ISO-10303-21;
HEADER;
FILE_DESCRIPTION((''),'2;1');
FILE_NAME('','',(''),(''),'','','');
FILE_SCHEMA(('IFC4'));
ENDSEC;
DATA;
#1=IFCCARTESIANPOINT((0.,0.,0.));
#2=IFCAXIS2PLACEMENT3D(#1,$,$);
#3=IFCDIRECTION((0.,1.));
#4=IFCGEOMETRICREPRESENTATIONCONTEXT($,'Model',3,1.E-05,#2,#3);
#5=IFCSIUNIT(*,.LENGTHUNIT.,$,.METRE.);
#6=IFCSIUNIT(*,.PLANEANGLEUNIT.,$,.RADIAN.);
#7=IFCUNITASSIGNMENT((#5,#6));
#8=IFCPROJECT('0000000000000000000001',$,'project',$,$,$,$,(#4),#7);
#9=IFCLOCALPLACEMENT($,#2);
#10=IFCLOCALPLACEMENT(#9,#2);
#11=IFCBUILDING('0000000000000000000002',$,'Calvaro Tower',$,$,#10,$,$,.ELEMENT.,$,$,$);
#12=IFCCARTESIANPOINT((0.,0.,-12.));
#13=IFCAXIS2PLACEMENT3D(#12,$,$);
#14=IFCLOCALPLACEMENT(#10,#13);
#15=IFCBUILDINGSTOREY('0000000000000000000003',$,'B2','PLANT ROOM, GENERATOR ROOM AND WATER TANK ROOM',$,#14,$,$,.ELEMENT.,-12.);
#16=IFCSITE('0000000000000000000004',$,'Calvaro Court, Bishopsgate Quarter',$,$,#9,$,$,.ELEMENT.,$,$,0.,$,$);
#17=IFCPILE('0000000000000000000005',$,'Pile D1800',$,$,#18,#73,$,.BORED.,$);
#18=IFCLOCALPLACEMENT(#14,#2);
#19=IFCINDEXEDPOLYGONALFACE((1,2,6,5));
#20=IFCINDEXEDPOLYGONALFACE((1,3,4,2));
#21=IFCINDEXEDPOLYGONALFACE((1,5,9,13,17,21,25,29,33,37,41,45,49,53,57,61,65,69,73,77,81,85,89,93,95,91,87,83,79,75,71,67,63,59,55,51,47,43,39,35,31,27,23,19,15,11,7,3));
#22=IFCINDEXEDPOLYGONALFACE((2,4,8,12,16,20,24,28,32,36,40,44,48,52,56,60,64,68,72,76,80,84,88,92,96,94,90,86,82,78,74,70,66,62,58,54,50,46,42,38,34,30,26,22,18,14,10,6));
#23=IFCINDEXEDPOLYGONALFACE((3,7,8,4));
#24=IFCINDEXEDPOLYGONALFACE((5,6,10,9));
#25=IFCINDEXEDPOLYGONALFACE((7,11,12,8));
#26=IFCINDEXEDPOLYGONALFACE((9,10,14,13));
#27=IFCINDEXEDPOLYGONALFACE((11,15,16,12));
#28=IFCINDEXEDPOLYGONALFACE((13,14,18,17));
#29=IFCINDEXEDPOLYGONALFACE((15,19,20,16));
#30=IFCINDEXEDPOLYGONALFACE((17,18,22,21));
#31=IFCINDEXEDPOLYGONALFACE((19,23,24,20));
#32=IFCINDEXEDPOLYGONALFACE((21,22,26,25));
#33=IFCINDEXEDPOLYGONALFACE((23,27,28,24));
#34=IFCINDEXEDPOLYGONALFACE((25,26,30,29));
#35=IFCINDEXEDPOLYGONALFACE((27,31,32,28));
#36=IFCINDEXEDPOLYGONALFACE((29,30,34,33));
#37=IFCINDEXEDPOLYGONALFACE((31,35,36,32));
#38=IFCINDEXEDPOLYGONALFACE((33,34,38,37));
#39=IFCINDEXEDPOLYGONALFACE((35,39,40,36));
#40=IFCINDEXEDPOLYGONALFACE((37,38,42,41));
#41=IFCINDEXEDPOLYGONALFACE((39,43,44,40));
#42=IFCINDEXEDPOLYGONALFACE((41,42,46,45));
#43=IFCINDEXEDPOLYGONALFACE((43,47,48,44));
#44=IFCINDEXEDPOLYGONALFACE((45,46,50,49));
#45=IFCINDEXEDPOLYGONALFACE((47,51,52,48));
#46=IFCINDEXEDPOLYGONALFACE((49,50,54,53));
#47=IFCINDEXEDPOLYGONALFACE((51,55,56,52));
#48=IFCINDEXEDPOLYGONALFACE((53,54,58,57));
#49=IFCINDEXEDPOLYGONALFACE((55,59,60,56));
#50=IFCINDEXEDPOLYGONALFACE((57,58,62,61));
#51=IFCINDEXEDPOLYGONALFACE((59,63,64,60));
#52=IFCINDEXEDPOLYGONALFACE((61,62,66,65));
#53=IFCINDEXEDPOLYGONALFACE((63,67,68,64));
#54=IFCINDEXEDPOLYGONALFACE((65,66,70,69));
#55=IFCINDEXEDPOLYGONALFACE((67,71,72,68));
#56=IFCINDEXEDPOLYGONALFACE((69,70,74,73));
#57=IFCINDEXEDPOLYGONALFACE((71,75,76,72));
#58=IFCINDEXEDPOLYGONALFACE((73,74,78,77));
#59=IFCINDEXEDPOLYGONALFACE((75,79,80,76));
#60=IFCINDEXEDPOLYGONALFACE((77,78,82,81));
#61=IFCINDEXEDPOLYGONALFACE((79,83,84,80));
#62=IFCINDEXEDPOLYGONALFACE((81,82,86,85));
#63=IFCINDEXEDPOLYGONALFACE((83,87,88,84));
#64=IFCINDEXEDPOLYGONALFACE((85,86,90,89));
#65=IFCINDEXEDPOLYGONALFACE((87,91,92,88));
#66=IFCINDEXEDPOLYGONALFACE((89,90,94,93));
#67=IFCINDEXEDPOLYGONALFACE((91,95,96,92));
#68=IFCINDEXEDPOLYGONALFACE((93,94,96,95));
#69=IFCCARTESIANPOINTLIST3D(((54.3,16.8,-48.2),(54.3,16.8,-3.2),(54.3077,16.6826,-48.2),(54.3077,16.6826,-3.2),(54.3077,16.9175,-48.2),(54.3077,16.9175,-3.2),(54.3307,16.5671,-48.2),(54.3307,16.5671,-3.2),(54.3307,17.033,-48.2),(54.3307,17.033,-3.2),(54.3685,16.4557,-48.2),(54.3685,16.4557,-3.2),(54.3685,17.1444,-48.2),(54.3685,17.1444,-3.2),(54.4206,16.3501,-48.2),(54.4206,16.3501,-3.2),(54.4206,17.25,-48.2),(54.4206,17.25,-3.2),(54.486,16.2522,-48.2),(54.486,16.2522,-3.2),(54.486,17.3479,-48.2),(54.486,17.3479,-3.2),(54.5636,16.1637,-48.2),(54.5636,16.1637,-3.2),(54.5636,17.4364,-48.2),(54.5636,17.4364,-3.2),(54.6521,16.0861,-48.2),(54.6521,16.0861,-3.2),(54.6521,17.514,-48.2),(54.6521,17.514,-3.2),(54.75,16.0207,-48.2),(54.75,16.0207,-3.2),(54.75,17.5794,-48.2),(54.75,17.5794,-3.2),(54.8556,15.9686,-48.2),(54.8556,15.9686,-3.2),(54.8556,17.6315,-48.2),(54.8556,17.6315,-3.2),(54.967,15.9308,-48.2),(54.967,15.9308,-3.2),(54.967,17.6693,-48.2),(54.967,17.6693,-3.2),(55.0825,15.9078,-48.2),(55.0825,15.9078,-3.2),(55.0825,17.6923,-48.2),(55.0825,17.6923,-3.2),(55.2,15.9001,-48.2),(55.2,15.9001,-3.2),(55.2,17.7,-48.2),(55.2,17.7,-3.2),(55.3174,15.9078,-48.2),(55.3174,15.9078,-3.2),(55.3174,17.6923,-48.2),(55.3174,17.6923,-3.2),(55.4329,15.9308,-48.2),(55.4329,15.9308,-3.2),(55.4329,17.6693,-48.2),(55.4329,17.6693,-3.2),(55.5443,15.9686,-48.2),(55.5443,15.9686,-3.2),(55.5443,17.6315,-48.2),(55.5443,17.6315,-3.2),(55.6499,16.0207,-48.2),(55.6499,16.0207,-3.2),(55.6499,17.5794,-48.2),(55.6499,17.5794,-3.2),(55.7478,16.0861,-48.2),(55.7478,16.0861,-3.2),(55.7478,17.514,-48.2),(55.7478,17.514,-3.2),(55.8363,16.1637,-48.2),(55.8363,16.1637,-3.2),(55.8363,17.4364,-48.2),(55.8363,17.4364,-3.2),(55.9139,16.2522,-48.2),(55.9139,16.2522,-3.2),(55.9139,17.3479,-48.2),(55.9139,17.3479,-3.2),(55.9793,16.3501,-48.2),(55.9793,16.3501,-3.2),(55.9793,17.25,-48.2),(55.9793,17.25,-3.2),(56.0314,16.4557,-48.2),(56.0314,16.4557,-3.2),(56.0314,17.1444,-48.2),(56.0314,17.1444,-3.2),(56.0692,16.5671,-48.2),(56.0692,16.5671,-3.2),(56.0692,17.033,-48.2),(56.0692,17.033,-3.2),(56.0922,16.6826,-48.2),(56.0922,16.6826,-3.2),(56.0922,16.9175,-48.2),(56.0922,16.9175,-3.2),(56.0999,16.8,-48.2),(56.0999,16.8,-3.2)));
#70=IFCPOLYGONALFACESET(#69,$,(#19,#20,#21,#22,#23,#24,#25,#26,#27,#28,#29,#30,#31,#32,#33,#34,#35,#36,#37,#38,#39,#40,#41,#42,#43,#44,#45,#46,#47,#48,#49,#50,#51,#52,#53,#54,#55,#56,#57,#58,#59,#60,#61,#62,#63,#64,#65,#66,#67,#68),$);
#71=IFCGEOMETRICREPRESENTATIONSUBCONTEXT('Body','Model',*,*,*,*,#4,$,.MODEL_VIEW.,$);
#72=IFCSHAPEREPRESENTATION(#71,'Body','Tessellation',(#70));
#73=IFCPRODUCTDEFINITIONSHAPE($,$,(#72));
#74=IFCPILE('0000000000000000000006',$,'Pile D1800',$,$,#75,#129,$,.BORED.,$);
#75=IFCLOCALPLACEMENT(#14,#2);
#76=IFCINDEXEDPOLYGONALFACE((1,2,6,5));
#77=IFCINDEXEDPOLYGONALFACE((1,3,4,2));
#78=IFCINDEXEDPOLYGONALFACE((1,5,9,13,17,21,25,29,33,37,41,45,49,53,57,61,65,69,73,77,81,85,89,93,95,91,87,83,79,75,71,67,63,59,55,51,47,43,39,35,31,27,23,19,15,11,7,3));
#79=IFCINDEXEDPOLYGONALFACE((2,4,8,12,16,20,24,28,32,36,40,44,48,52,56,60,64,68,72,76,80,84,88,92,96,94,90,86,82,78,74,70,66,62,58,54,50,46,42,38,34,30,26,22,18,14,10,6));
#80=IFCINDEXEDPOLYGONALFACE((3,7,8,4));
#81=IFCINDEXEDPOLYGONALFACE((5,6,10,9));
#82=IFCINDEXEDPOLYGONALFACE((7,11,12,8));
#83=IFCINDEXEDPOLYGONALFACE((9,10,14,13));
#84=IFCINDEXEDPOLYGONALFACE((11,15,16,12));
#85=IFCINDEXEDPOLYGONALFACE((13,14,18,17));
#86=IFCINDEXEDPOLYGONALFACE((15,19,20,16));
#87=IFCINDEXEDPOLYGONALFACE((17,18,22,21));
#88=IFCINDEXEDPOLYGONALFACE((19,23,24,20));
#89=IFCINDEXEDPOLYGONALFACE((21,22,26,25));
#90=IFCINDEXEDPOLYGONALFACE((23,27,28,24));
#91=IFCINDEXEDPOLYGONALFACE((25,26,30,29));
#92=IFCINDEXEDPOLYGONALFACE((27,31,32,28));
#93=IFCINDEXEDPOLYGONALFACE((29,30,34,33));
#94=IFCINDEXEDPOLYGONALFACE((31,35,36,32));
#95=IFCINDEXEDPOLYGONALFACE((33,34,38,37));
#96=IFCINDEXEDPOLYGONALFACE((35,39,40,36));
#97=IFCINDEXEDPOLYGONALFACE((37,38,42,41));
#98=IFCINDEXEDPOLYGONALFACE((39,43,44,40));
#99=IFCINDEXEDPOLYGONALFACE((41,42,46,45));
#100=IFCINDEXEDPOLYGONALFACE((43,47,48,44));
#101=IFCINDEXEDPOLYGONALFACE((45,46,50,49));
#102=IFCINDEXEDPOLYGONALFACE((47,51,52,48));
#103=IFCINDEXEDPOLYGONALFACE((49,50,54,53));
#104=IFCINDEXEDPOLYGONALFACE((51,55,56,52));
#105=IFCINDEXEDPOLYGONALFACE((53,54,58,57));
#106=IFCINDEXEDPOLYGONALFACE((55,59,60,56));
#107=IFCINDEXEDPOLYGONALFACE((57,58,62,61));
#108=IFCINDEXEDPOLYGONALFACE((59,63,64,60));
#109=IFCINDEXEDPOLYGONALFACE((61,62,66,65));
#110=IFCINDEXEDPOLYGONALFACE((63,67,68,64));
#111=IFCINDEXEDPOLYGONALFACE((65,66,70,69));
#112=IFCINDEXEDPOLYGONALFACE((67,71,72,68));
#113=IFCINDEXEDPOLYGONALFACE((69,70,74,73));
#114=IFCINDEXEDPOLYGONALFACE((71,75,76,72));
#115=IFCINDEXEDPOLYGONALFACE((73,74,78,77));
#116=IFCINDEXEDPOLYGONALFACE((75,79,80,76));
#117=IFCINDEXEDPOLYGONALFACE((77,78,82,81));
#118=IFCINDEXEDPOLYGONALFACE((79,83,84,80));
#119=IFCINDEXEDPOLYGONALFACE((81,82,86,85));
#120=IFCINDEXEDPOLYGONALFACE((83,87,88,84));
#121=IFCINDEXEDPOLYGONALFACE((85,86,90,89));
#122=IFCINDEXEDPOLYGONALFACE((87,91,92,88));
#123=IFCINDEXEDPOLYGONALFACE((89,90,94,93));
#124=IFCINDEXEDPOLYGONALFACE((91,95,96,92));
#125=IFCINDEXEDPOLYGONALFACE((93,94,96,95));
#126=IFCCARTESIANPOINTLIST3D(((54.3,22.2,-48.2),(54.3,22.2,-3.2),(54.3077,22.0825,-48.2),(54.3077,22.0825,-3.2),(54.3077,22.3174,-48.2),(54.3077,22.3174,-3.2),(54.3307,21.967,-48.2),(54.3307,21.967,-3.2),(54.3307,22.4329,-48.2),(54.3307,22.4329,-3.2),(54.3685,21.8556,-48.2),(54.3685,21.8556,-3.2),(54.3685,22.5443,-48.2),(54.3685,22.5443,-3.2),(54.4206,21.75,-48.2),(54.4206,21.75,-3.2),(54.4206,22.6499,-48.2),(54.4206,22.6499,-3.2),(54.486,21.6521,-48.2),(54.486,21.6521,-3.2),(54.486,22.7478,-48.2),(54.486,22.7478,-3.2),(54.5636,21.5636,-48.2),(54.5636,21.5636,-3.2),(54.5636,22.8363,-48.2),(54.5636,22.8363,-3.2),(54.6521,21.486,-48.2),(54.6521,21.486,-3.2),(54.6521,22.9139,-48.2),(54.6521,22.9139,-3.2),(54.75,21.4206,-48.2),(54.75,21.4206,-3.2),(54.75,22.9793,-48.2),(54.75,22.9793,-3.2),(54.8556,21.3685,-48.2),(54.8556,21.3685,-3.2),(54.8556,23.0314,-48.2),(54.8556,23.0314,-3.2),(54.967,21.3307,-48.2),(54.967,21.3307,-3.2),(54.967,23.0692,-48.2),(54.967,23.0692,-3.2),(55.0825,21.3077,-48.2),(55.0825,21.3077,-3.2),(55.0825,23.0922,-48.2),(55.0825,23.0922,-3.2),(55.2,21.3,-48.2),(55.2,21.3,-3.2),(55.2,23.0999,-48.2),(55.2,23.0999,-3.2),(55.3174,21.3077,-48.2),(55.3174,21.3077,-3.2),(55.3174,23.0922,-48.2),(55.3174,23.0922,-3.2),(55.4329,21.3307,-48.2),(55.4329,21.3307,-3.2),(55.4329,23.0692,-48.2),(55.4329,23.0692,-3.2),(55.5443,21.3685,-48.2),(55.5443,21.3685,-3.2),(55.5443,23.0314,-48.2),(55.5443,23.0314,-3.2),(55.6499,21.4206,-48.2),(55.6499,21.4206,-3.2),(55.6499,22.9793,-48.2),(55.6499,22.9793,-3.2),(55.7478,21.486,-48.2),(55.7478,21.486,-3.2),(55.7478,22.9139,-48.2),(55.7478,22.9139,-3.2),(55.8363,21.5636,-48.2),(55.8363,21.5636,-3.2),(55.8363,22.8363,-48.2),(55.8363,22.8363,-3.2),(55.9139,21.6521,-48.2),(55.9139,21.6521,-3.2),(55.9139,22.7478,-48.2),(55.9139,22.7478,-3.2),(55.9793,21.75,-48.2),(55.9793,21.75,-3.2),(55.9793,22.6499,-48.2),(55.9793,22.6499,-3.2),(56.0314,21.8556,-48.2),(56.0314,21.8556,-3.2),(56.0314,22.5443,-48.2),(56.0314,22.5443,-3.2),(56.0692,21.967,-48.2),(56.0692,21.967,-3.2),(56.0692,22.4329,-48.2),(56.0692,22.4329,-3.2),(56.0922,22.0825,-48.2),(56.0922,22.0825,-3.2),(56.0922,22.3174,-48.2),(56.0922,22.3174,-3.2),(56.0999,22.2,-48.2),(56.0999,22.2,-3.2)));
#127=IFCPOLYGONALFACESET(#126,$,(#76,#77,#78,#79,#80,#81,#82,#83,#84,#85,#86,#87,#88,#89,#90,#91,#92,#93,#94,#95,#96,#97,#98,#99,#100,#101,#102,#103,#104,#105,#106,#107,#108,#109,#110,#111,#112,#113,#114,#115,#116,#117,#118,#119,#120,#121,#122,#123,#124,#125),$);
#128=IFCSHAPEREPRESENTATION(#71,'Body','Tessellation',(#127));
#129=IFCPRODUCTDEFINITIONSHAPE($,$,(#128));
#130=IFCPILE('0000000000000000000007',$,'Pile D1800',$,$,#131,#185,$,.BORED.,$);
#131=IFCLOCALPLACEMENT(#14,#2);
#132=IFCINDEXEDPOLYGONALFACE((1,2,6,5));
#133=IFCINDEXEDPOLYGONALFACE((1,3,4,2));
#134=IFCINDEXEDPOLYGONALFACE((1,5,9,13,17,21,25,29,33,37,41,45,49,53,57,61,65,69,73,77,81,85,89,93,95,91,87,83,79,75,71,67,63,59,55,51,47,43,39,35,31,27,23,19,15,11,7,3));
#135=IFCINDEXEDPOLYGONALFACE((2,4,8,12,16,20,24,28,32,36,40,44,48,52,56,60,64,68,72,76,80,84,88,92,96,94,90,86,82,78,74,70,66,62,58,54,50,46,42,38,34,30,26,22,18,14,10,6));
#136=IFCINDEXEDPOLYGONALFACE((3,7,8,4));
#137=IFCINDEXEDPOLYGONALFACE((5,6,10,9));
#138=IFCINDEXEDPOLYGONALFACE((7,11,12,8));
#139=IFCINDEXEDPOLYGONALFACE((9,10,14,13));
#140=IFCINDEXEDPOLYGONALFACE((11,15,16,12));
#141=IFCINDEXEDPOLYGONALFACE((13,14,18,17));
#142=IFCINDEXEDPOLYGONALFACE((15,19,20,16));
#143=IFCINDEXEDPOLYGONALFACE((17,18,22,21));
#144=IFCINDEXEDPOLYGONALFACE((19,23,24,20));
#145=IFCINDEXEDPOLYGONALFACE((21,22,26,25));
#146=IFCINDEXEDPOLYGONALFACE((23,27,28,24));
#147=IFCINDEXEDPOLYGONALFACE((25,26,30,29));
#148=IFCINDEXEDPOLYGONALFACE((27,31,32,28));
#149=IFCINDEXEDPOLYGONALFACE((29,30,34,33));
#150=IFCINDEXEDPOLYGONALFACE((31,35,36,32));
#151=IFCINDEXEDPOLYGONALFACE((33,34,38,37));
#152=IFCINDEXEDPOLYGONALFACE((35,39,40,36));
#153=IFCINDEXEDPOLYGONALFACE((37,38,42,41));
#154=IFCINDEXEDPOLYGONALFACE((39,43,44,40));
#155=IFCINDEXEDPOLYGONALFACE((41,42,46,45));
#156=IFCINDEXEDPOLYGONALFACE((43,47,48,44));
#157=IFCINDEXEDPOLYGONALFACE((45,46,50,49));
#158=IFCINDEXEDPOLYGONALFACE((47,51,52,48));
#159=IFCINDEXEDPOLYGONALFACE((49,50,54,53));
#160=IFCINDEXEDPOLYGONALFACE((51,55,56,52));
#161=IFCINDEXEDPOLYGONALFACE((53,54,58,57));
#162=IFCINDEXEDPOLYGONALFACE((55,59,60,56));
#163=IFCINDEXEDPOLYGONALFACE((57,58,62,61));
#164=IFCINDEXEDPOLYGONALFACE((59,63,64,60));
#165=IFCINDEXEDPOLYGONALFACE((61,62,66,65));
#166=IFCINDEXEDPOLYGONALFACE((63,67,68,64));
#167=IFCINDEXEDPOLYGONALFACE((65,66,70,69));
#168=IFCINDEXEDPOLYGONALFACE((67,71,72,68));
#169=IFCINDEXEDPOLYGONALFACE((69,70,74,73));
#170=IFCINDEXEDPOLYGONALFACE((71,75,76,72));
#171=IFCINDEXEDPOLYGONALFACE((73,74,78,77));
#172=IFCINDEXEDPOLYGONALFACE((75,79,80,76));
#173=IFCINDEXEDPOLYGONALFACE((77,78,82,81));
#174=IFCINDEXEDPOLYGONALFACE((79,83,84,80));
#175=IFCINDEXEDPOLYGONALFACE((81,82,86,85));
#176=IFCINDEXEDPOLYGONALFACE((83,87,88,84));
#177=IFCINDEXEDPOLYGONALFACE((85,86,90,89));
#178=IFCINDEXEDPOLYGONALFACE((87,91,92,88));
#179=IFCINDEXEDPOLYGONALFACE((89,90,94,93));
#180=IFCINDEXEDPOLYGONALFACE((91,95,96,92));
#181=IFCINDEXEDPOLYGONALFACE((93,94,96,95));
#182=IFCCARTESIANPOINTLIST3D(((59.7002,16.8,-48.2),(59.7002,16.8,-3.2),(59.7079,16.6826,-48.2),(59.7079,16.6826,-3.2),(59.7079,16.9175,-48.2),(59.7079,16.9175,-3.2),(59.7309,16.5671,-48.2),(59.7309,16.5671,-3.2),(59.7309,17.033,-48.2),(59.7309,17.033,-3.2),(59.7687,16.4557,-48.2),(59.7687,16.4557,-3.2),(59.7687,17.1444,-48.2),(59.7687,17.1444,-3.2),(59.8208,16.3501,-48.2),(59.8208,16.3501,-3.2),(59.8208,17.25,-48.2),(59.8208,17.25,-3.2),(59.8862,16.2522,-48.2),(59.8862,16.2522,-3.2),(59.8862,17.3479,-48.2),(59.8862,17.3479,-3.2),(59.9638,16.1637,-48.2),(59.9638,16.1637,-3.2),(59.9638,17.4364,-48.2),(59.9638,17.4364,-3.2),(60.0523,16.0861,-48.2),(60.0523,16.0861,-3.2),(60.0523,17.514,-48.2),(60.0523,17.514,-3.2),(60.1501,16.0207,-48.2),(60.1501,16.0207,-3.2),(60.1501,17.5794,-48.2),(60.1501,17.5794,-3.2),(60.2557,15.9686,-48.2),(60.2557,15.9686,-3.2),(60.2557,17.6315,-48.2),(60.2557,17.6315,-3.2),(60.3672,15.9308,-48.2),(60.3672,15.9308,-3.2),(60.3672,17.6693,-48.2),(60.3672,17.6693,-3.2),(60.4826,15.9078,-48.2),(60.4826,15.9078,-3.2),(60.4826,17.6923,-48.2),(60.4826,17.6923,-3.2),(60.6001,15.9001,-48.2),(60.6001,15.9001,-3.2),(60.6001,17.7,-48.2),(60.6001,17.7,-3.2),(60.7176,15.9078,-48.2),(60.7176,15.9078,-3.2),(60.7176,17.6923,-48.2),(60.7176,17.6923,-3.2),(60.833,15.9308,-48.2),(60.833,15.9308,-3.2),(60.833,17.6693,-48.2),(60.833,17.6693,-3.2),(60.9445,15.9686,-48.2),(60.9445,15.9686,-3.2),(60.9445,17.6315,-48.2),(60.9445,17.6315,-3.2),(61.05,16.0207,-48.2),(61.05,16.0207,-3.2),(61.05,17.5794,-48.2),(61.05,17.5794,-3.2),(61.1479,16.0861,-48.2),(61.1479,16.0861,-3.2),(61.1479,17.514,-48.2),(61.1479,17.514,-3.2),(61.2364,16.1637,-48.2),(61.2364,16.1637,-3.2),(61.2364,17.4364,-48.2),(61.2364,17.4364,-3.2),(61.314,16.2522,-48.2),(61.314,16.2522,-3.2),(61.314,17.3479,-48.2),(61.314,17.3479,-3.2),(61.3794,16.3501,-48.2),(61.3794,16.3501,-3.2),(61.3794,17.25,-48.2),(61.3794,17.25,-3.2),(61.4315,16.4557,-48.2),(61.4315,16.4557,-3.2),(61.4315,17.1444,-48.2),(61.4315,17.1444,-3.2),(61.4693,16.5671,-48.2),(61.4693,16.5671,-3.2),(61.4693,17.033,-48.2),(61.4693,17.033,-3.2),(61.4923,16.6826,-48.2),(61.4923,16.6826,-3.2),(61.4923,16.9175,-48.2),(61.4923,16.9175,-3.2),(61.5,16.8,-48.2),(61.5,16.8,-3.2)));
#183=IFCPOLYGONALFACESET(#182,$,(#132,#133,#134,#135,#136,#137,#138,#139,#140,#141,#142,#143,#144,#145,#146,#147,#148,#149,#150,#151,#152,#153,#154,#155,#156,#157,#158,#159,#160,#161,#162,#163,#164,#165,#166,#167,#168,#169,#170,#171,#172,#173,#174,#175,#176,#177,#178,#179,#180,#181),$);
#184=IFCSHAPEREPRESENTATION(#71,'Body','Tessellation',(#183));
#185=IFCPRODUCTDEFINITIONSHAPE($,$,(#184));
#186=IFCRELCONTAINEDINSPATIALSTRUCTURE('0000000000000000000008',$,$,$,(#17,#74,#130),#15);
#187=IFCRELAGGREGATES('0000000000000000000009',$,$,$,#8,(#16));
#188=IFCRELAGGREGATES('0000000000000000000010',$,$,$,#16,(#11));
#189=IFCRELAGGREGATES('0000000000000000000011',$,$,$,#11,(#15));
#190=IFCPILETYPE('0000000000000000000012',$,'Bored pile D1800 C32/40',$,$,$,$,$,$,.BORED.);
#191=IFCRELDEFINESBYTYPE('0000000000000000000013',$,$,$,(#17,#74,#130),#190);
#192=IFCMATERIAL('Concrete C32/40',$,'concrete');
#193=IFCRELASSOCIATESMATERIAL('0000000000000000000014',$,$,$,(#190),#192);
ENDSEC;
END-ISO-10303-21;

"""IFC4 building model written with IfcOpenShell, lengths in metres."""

from ifc_helpers import new_model, si_unit, direction, frame, origin, origin_2d, place, context, subcontext, project, spatial, circle, extrude, material, material_profile, profile_set, type_object, element, save


model = new_model("IFC4")

# Units and contexts
model_context = context("Model", 3, precision=1e-05, world=origin(), true_north=direction((0.0, 1.0)))
body_context = subcontext(model_context, "Body", "Model", "MODEL_VIEW")
ifc_project = project(units=[si_unit("LENGTHUNIT", "METRE"), si_unit("PLANEANGLEUNIT", "RADIAN")], contexts=[model_context])

# Site, building, storey
site_placement = place(None, origin())
site = spatial("IfcSite", under=ifc_project, at=site_placement, Name="Calvaro Court, Bishopsgate Quarter", CompositionType="ELEMENT", RefElevation=0.0)
building_placement = place(site_placement, origin())
building = spatial("IfcBuilding", under=site, at=building_placement, Name="Calvaro Tower", CompositionType="ELEMENT")
storey_placement = place(building_placement, frame((0.0, 0.0, -12.0)))
storey = spatial("IfcBuildingStorey", under=building, at=storey_placement, Name="B2", Description="PLANT ROOM, GENERATOR ROOM AND WATER TANK ROOM", CompositionType="ELEMENT", Elevation=-12.0)

# Piles
ifc_material_1 = material(Name="Concrete C32/40", Category="concrete")
ifc_material_profile_1 = material_profile(ifc_material_1, circle(Radius=0.8999, at=origin_2d()), Name="Bored pile D1800")
ifc_profile_set_1 = profile_set([ifc_material_profile_1], Name="Concrete C32/40")
pile_type = type_object("IfcPileType", Name="Bored pile D1800 C32/40", PredefinedType="BORED", material=ifc_profile_set_1)
for number, where, z_axis, x_axis, name in (
    (1, (55.2, 16.8, -3.2), (0.0, 0.0, -1.0), (1.0, 0.0, 0.0), "Pile D1800"),
    (2, (55.2, 22.2, -3.2), (0.0, 0.0, -1.0), (1.0, 0.0, 0.0), "Pile D1800"),
    (3, (60.6001, 16.8, -3.2), (0.0, 0.0, -1.0), (1.0, 0.0, 0.0), "Pile D1800"),
):
    element("IfcPile", number, at=place(storey_placement, frame(where, z_axis=z_axis, x_axis=x_axis)), inside=storey, type_object=pile_type, Name=name, PredefinedType="BORED", context=body_context, shape_type="SweptSolid", body=[
        extrude(circle(Radius=0.8999, at=origin_2d()), origin(), (0.0, 0.0, 1.0), 45.0),
    ])

save(model, "model.ifc")
